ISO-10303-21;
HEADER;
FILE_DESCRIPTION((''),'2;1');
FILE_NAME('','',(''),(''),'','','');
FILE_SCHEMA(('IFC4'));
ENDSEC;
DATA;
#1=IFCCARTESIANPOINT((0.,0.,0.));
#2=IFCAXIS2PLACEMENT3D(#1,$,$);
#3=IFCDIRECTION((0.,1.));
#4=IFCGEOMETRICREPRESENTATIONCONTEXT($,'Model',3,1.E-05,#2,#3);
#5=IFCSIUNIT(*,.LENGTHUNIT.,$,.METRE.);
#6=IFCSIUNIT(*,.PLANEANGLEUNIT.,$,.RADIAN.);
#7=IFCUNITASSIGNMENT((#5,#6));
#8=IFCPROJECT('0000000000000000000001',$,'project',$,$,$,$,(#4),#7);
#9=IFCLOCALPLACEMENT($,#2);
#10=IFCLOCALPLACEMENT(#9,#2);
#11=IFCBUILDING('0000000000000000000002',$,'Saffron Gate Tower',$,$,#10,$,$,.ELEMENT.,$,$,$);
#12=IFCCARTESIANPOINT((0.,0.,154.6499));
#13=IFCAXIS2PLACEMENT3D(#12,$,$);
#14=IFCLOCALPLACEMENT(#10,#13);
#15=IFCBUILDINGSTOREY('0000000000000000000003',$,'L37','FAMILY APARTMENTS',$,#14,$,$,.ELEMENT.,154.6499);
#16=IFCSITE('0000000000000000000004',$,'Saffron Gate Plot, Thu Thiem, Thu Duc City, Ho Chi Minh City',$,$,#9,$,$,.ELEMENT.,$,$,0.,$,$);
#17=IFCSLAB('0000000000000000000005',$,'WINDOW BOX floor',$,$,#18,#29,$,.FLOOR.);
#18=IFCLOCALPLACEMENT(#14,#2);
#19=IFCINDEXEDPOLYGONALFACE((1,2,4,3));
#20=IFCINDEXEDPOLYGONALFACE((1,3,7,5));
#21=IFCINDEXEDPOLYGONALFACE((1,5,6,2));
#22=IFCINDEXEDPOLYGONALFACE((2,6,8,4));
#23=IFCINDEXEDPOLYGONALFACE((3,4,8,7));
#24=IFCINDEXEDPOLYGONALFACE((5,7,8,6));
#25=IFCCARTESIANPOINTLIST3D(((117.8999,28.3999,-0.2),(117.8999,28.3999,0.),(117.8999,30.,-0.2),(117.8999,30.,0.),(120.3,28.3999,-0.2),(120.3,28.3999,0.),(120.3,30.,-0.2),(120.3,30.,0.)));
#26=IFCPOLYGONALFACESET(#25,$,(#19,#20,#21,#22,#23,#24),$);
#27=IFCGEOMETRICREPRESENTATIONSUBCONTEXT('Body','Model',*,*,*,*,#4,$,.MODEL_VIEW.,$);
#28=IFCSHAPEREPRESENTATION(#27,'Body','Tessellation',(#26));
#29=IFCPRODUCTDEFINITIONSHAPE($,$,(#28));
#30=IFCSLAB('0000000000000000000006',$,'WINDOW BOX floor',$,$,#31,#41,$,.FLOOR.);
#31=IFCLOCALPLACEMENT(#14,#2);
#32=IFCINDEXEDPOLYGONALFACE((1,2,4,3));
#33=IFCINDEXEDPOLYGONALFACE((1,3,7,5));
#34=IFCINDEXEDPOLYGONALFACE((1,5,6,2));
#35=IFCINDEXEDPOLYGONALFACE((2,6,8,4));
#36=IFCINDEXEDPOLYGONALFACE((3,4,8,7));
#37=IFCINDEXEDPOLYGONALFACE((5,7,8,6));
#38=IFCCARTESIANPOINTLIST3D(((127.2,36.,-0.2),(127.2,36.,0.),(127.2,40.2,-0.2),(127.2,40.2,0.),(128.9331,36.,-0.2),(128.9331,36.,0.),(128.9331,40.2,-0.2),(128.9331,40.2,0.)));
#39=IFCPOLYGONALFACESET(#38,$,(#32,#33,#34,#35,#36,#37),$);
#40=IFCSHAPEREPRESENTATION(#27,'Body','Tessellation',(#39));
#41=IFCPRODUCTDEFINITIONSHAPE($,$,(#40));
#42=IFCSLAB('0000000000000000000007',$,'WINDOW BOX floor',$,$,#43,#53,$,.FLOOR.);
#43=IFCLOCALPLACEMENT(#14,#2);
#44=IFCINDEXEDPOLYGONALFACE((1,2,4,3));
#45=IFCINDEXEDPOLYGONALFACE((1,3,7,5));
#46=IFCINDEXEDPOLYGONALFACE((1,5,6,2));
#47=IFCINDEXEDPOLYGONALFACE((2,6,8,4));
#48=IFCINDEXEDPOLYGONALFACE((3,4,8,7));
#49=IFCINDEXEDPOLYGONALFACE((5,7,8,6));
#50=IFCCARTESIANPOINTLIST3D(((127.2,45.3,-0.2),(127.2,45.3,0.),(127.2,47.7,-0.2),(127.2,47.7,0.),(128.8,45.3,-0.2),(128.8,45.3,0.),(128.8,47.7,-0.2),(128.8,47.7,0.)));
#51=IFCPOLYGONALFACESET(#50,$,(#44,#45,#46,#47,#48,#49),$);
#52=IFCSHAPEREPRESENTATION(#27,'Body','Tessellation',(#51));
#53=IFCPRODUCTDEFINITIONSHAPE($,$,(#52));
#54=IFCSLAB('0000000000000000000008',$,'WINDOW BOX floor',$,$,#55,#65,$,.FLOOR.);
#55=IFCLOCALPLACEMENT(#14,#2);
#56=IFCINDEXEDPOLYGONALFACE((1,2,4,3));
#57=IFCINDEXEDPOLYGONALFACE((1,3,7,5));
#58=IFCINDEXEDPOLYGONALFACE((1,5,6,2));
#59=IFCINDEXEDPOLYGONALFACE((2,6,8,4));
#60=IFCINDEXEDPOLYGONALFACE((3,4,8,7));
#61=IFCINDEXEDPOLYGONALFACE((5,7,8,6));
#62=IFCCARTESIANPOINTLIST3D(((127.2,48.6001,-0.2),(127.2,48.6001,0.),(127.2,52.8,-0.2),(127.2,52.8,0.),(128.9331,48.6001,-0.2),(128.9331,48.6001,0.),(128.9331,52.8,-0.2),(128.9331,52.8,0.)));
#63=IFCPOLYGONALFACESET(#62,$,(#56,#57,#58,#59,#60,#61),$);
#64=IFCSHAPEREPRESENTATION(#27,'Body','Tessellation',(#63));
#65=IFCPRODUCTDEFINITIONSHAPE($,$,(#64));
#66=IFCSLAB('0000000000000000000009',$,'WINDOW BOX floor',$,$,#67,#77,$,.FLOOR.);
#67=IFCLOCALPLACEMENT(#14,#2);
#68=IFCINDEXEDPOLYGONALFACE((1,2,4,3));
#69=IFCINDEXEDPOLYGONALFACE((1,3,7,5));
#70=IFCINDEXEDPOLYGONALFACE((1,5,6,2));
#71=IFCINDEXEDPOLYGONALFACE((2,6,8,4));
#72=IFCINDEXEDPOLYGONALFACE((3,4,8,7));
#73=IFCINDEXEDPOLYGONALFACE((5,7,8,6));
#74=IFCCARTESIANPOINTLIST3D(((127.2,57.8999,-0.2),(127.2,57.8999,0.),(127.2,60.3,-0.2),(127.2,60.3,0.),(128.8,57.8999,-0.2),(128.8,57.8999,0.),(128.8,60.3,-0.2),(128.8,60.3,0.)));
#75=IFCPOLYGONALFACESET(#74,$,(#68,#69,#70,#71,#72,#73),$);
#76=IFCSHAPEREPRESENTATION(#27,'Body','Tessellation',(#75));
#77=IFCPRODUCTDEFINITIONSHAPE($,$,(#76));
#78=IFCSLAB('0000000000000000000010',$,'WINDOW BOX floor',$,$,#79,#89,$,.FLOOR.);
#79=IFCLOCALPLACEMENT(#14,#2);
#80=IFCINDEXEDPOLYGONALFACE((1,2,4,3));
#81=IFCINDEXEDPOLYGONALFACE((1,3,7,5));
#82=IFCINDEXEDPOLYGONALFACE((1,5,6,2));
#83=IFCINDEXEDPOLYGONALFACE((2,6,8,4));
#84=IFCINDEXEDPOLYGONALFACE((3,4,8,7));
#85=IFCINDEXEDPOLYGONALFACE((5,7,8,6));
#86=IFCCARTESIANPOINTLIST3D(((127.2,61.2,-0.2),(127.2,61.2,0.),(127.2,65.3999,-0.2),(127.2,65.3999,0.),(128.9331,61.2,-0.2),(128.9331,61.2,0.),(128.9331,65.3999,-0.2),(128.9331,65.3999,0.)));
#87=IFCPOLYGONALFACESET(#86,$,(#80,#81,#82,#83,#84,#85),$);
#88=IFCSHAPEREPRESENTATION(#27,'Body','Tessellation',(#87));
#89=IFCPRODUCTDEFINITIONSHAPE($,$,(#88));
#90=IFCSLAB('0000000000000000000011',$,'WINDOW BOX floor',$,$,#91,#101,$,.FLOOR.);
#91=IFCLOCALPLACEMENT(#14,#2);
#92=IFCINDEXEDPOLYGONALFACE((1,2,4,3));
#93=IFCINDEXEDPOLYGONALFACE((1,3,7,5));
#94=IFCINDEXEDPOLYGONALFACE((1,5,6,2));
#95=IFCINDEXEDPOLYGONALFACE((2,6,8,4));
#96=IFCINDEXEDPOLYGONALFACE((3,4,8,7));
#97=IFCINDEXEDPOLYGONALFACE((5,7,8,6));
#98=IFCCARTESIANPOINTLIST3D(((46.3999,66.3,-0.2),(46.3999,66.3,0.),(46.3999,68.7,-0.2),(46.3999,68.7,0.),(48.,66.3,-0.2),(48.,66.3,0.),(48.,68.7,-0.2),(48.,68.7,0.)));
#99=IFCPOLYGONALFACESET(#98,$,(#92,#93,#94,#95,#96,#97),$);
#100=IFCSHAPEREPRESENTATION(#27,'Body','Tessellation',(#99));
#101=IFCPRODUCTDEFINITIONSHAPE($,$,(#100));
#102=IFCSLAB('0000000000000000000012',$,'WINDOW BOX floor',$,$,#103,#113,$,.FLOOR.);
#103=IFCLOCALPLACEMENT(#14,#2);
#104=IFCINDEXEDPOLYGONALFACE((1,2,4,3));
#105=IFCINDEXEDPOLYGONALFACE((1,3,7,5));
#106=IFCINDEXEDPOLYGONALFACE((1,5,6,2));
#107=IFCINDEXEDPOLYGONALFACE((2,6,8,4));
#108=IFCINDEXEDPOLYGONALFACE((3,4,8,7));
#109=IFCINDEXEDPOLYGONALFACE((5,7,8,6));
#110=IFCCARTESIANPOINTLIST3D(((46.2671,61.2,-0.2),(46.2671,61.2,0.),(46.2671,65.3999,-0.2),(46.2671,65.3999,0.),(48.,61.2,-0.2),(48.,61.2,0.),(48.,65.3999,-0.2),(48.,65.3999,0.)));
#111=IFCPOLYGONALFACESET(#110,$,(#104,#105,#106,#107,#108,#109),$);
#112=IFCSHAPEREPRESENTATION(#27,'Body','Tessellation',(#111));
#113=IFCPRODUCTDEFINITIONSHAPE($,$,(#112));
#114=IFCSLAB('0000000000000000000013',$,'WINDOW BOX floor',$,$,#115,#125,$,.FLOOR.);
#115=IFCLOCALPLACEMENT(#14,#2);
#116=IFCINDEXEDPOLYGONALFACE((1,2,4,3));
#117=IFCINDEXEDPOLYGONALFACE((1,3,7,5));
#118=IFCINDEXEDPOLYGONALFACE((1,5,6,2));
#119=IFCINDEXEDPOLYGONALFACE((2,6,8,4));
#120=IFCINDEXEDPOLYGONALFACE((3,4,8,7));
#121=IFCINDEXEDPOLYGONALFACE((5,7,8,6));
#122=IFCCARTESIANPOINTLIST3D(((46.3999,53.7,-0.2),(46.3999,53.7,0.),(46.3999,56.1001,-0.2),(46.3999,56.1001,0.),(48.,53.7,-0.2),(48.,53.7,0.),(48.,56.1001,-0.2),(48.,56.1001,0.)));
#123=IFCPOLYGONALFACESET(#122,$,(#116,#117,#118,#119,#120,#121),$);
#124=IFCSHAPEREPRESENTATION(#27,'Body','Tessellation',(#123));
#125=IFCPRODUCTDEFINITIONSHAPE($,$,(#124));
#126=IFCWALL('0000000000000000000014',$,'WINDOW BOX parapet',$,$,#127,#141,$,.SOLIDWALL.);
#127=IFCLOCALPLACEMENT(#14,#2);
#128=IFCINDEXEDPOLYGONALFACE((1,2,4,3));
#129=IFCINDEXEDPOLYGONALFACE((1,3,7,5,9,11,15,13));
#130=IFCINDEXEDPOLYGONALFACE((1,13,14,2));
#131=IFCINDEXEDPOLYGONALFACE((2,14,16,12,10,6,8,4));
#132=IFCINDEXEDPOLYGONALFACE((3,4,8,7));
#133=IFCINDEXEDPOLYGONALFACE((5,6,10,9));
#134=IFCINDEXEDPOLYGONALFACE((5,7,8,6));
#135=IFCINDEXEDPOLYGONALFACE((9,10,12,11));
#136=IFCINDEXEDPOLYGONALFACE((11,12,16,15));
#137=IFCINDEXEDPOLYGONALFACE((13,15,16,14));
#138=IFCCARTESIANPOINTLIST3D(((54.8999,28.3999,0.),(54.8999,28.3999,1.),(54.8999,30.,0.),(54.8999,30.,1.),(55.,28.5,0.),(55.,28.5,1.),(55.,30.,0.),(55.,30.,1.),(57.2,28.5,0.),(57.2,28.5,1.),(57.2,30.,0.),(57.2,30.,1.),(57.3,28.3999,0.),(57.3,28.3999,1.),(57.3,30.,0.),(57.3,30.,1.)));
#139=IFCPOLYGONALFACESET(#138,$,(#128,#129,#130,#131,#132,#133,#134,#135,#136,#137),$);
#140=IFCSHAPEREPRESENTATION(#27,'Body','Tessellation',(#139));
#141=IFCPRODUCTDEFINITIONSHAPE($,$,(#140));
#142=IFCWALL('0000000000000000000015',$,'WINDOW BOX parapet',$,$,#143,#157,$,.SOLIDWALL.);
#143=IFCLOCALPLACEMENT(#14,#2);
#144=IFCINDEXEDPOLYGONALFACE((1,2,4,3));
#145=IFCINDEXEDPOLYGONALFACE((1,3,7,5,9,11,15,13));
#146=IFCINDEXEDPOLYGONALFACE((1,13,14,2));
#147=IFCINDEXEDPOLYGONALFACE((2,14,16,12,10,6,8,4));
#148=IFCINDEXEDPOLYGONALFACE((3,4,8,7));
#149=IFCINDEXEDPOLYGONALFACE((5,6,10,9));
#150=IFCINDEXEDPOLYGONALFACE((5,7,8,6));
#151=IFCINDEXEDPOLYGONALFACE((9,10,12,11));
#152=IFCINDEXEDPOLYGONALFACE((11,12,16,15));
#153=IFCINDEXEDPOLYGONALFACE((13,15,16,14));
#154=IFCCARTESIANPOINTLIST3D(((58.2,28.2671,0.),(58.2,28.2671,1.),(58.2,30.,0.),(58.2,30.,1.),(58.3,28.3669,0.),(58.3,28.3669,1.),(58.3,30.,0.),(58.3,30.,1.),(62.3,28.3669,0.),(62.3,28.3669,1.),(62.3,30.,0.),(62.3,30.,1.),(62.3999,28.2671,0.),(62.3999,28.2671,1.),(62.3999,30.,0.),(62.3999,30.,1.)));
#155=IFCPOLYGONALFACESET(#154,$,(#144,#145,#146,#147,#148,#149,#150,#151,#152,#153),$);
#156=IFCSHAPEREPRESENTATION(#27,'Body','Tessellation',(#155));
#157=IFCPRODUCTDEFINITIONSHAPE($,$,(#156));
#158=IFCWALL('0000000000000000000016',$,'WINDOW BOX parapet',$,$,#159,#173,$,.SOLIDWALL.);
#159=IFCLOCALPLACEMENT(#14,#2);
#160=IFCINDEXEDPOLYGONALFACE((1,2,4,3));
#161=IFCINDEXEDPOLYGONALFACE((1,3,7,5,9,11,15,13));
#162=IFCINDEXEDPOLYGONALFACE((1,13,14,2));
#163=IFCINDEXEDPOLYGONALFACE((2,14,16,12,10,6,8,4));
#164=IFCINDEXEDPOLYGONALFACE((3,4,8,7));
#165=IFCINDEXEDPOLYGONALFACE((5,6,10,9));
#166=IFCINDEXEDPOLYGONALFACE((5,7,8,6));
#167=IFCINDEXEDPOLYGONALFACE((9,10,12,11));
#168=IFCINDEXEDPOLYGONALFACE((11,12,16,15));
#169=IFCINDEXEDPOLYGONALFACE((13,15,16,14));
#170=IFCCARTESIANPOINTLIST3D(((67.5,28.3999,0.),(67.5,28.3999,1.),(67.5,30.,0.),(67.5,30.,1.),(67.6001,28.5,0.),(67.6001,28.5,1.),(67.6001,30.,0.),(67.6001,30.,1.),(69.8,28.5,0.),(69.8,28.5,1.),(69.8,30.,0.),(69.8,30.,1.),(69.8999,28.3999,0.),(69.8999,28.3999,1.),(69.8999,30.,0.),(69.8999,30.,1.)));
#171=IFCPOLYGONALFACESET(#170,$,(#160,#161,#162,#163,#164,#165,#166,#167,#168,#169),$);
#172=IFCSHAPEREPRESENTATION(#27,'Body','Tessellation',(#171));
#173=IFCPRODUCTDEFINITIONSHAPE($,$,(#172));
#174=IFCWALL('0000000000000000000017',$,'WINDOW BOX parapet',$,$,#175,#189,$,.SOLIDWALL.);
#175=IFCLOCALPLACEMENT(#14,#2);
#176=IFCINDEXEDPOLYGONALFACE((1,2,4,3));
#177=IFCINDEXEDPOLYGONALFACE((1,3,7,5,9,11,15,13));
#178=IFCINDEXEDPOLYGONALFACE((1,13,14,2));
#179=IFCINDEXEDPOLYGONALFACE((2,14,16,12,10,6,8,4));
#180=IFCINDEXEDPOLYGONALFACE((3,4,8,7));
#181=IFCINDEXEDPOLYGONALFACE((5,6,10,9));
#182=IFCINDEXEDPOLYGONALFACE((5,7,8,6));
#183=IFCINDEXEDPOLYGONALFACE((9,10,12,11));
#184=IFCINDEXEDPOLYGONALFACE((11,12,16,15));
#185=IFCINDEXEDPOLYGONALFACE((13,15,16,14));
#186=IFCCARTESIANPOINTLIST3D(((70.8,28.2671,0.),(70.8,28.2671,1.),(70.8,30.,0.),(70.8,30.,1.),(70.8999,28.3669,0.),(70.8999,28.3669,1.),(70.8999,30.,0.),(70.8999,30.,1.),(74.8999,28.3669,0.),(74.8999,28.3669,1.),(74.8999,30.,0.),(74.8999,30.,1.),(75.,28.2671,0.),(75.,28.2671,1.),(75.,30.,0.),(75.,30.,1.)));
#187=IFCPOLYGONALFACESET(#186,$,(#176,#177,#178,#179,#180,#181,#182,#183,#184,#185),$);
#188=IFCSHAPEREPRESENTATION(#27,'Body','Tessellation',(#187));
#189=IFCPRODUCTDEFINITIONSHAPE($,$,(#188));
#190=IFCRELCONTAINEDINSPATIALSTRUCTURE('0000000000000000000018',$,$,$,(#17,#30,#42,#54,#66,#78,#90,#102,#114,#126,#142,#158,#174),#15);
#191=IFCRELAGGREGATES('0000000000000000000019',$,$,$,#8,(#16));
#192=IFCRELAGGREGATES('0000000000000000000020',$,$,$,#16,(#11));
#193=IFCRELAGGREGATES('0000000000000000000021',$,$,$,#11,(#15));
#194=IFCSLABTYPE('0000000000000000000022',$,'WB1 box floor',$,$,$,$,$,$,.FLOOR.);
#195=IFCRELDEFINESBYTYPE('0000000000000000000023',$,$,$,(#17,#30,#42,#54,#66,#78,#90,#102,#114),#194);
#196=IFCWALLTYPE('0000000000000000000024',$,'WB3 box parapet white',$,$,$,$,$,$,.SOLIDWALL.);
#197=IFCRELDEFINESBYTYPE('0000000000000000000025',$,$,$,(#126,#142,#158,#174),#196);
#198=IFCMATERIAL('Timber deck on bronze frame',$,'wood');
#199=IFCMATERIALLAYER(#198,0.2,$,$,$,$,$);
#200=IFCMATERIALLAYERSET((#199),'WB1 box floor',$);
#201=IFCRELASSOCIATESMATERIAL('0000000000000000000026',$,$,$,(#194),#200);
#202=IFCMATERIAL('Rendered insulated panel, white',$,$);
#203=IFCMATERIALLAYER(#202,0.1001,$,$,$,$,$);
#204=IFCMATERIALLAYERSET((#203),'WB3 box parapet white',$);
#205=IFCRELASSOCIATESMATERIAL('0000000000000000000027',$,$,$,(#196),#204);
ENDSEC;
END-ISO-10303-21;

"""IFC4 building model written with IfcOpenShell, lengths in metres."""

from ifc_helpers import new_model, si_unit, direction, frame, origin, place, context, subcontext, project, spatial, polyline, outline, extrude, material, layer, layer_set, type_object, element, save


model = new_model("IFC4")

# Units and contexts
model_context = context("Model", 3, precision=1e-05, world=origin(), true_north=direction((0.0, 1.0)))
body_context = subcontext(model_context, "Body", "Model", "MODEL_VIEW")
ifc_project = project(units=[si_unit("LENGTHUNIT", "METRE"), si_unit("PLANEANGLEUNIT", "RADIAN")], contexts=[model_context])

# Site, building, storey
site_placement = place(None, origin())
site = spatial("IfcSite", under=ifc_project, at=site_placement, Name="Saffron Gate Plot, Thu Thiem, Thu Duc City, Ho Chi Minh City", CompositionType="ELEMENT", RefElevation=0.0)
building_placement = place(site_placement, origin())
building = spatial("IfcBuilding", under=site, at=building_placement, Name="Saffron Gate Tower", CompositionType="ELEMENT")
storey_placement = place(building_placement, frame((0.0, 0.0, 154.6499)))
storey = spatial("IfcBuildingStorey", under=building, at=storey_placement, Name="L37", Description="FAMILY APARTMENTS", CompositionType="ELEMENT", Elevation=154.6499)

# Slabs
ifc_material_1 = material(Name="Timber deck on bronze frame", Category="wood")
ifc_layer_1 = layer(ifc_material_1, 0.2)
ifc_layer_set_1 = layer_set([ifc_layer_1], Name="WB1 box floor")
slab_type_1 = type_object("IfcSlabType", Name="WB1 box floor", PredefinedType="FLOOR", material=ifc_layer_set_1)
slab_1_placement = place(storey_placement, frame((0.0, 0.0, -0.2)))
element("IfcSlab", 1, at=slab_1_placement, inside=storey, type_object=slab_type_1, Name="WINDOW BOX floor", PredefinedType="FLOOR", context=body_context, shape_type="SweptSolid", body=[
    extrude(outline(polyline([(117.8999, 30.0), (120.3, 30.0), (120.3, 28.3999), (117.8999, 28.3999), (117.8999, 30.0)])), origin(), (0.0, 0.0, 1.0), 0.2),
])
slab_2_placement = place(storey_placement, frame((0.0, 0.0, -0.2)))
element("IfcSlab", 2, at=slab_2_placement, inside=storey, type_object=slab_type_1, Name="WINDOW BOX floor", PredefinedType="FLOOR", context=body_context, shape_type="SweptSolid", body=[
    extrude(outline(polyline([(127.2, 36.0), (127.2, 40.2), (128.9331, 40.2), (128.9331, 36.0), (127.2, 36.0)])), origin(), (0.0, 0.0, 1.0), 0.2),
])
slab_3_placement = place(storey_placement, frame((0.0, 0.0, -0.2)))
element("IfcSlab", 3, at=slab_3_placement, inside=storey, type_object=slab_type_1, Name="WINDOW BOX floor", PredefinedType="FLOOR", context=body_context, shape_type="SweptSolid", body=[
    extrude(outline(polyline([(127.2, 45.3), (127.2, 47.7), (128.8, 47.7), (128.8, 45.3), (127.2, 45.3)])), origin(), (0.0, 0.0, 1.0), 0.2),
])
slab_4_placement = place(storey_placement, frame((0.0, 0.0, -0.2)))
element("IfcSlab", 4, at=slab_4_placement, inside=storey, type_object=slab_type_1, Name="WINDOW BOX floor", PredefinedType="FLOOR", context=body_context, shape_type="SweptSolid", body=[
    extrude(outline(polyline([(127.2, 48.6001), (127.2, 52.8), (128.9331, 52.8), (128.9331, 48.6001), (127.2, 48.6001)])), origin(), (0.0, 0.0, 1.0), 0.2),
])
slab_5_placement = place(storey_placement, frame((0.0, 0.0, -0.2)))
element("IfcSlab", 5, at=slab_5_placement, inside=storey, type_object=slab_type_1, Name="WINDOW BOX floor", PredefinedType="FLOOR", context=body_context, shape_type="SweptSolid", body=[
    extrude(outline(polyline([(127.2, 57.8999), (127.2, 60.3), (128.8, 60.3), (128.8, 57.8999), (127.2, 57.8999)])), origin(), (0.0, 0.0, 1.0), 0.2),
])
slab_6_placement = place(storey_placement, frame((0.0, 0.0, -0.2)))
element("IfcSlab", 6, at=slab_6_placement, inside=storey, type_object=slab_type_1, Name="WINDOW BOX floor", PredefinedType="FLOOR", context=body_context, shape_type="SweptSolid", body=[
    extrude(outline(polyline([(127.2, 61.2), (127.2, 65.3999), (128.9331, 65.3999), (128.9331, 61.2), (127.2, 61.2)])), origin(), (0.0, 0.0, 1.0), 0.2),
])
slab_7_placement = place(storey_placement, frame((0.0, 0.0, -0.2)))
element("IfcSlab", 7, at=slab_7_placement, inside=storey, type_object=slab_type_1, Name="WINDOW BOX floor", PredefinedType="FLOOR", context=body_context, shape_type="SweptSolid", body=[
    extrude(outline(polyline([(48.0, 68.7), (48.0, 66.3), (46.3999, 66.3), (46.3999, 68.7), (48.0, 68.7)])), origin(), (0.0, 0.0, 1.0), 0.2),
])
slab_8_placement = place(storey_placement, frame((0.0, 0.0, -0.2)))
element("IfcSlab", 8, at=slab_8_placement, inside=storey, type_object=slab_type_1, Name="WINDOW BOX floor", PredefinedType="FLOOR", context=body_context, shape_type="SweptSolid", body=[
    extrude(outline(polyline([(48.0, 65.3999), (48.0, 61.2), (46.2671, 61.2), (46.2671, 65.3999), (48.0, 65.3999)])), origin(), (0.0, 0.0, 1.0), 0.2),
])
slab_9_placement = place(storey_placement, frame((0.0, 0.0, -0.2)))
element("IfcSlab", 9, at=slab_9_placement, inside=storey, type_object=slab_type_1, Name="WINDOW BOX floor", PredefinedType="FLOOR", context=body_context, shape_type="SweptSolid", body=[
    extrude(outline(polyline([(48.0, 56.1001), (48.0, 53.7), (46.3999, 53.7), (46.3999, 56.1001), (48.0, 56.1001)])), origin(), (0.0, 0.0, 1.0), 0.2),
])

# Walls
ifc_material_2 = material(Name="Rendered insulated panel, white")
ifc_layer_2 = layer(ifc_material_2, 0.1001)
ifc_layer_set_2 = layer_set([ifc_layer_2], Name="WB3 box parapet white")
wall_type = type_object("IfcWallType", Name="WB3 box parapet white", PredefinedType="SOLIDWALL", material=ifc_layer_set_2)
wall_1_placement = place(storey_placement, origin())
element("IfcWall", 10, at=wall_1_placement, inside=storey, type_object=wall_type, Name="WINDOW BOX parapet", PredefinedType="SOLIDWALL", context=body_context, shape_type="SweptSolid", body=[
    extrude(outline(polyline([(54.8999, 30.0), (55.0, 30.0), (55.0, 28.5), (57.2, 28.5), (57.2, 30.0), (57.3, 30.0), (57.3, 28.3999), (54.8999, 28.3999), (54.8999, 30.0)])), origin(), (0.0, 0.0, 1.0), 1.0),
])
wall_2_placement = place(storey_placement, origin())
element("IfcWall", 11, at=wall_2_placement, inside=storey, type_object=wall_type, Name="WINDOW BOX parapet", PredefinedType="SOLIDWALL", context=body_context, shape_type="SweptSolid", body=[
    extrude(outline(polyline([(58.2, 30.0), (58.3, 30.0), (58.3, 28.3669), (62.3, 28.3669), (62.3, 30.0), (62.3999, 30.0), (62.3999, 28.2671), (58.2, 28.2671), (58.2, 30.0)])), origin(), (0.0, 0.0, 1.0), 1.0),
])
wall_3_placement = place(storey_placement, origin())
element("IfcWall", 12, at=wall_3_placement, inside=storey, type_object=wall_type, Name="WINDOW BOX parapet", PredefinedType="SOLIDWALL", context=body_context, shape_type="SweptSolid", body=[
    extrude(outline(polyline([(67.5, 30.0), (67.6001, 30.0), (67.6001, 28.5), (69.8, 28.5), (69.8, 30.0), (69.8999, 30.0), (69.8999, 28.3999), (67.5, 28.3999), (67.5, 30.0)])), origin(), (0.0, 0.0, 1.0), 1.0),
])
wall_4_placement = place(storey_placement, origin())
element("IfcWall", 13, at=wall_4_placement, inside=storey, type_object=wall_type, Name="WINDOW BOX parapet", PredefinedType="SOLIDWALL", context=body_context, shape_type="SweptSolid", body=[
    extrude(outline(polyline([(70.8, 30.0), (70.8999, 30.0), (70.8999, 28.3669), (74.8999, 28.3669), (74.8999, 30.0), (75.0, 30.0), (75.0, 28.2671), (70.8, 28.2671), (70.8, 30.0)])), origin(), (0.0, 0.0, 1.0), 1.0),
])

save(model, "model.ifc")
